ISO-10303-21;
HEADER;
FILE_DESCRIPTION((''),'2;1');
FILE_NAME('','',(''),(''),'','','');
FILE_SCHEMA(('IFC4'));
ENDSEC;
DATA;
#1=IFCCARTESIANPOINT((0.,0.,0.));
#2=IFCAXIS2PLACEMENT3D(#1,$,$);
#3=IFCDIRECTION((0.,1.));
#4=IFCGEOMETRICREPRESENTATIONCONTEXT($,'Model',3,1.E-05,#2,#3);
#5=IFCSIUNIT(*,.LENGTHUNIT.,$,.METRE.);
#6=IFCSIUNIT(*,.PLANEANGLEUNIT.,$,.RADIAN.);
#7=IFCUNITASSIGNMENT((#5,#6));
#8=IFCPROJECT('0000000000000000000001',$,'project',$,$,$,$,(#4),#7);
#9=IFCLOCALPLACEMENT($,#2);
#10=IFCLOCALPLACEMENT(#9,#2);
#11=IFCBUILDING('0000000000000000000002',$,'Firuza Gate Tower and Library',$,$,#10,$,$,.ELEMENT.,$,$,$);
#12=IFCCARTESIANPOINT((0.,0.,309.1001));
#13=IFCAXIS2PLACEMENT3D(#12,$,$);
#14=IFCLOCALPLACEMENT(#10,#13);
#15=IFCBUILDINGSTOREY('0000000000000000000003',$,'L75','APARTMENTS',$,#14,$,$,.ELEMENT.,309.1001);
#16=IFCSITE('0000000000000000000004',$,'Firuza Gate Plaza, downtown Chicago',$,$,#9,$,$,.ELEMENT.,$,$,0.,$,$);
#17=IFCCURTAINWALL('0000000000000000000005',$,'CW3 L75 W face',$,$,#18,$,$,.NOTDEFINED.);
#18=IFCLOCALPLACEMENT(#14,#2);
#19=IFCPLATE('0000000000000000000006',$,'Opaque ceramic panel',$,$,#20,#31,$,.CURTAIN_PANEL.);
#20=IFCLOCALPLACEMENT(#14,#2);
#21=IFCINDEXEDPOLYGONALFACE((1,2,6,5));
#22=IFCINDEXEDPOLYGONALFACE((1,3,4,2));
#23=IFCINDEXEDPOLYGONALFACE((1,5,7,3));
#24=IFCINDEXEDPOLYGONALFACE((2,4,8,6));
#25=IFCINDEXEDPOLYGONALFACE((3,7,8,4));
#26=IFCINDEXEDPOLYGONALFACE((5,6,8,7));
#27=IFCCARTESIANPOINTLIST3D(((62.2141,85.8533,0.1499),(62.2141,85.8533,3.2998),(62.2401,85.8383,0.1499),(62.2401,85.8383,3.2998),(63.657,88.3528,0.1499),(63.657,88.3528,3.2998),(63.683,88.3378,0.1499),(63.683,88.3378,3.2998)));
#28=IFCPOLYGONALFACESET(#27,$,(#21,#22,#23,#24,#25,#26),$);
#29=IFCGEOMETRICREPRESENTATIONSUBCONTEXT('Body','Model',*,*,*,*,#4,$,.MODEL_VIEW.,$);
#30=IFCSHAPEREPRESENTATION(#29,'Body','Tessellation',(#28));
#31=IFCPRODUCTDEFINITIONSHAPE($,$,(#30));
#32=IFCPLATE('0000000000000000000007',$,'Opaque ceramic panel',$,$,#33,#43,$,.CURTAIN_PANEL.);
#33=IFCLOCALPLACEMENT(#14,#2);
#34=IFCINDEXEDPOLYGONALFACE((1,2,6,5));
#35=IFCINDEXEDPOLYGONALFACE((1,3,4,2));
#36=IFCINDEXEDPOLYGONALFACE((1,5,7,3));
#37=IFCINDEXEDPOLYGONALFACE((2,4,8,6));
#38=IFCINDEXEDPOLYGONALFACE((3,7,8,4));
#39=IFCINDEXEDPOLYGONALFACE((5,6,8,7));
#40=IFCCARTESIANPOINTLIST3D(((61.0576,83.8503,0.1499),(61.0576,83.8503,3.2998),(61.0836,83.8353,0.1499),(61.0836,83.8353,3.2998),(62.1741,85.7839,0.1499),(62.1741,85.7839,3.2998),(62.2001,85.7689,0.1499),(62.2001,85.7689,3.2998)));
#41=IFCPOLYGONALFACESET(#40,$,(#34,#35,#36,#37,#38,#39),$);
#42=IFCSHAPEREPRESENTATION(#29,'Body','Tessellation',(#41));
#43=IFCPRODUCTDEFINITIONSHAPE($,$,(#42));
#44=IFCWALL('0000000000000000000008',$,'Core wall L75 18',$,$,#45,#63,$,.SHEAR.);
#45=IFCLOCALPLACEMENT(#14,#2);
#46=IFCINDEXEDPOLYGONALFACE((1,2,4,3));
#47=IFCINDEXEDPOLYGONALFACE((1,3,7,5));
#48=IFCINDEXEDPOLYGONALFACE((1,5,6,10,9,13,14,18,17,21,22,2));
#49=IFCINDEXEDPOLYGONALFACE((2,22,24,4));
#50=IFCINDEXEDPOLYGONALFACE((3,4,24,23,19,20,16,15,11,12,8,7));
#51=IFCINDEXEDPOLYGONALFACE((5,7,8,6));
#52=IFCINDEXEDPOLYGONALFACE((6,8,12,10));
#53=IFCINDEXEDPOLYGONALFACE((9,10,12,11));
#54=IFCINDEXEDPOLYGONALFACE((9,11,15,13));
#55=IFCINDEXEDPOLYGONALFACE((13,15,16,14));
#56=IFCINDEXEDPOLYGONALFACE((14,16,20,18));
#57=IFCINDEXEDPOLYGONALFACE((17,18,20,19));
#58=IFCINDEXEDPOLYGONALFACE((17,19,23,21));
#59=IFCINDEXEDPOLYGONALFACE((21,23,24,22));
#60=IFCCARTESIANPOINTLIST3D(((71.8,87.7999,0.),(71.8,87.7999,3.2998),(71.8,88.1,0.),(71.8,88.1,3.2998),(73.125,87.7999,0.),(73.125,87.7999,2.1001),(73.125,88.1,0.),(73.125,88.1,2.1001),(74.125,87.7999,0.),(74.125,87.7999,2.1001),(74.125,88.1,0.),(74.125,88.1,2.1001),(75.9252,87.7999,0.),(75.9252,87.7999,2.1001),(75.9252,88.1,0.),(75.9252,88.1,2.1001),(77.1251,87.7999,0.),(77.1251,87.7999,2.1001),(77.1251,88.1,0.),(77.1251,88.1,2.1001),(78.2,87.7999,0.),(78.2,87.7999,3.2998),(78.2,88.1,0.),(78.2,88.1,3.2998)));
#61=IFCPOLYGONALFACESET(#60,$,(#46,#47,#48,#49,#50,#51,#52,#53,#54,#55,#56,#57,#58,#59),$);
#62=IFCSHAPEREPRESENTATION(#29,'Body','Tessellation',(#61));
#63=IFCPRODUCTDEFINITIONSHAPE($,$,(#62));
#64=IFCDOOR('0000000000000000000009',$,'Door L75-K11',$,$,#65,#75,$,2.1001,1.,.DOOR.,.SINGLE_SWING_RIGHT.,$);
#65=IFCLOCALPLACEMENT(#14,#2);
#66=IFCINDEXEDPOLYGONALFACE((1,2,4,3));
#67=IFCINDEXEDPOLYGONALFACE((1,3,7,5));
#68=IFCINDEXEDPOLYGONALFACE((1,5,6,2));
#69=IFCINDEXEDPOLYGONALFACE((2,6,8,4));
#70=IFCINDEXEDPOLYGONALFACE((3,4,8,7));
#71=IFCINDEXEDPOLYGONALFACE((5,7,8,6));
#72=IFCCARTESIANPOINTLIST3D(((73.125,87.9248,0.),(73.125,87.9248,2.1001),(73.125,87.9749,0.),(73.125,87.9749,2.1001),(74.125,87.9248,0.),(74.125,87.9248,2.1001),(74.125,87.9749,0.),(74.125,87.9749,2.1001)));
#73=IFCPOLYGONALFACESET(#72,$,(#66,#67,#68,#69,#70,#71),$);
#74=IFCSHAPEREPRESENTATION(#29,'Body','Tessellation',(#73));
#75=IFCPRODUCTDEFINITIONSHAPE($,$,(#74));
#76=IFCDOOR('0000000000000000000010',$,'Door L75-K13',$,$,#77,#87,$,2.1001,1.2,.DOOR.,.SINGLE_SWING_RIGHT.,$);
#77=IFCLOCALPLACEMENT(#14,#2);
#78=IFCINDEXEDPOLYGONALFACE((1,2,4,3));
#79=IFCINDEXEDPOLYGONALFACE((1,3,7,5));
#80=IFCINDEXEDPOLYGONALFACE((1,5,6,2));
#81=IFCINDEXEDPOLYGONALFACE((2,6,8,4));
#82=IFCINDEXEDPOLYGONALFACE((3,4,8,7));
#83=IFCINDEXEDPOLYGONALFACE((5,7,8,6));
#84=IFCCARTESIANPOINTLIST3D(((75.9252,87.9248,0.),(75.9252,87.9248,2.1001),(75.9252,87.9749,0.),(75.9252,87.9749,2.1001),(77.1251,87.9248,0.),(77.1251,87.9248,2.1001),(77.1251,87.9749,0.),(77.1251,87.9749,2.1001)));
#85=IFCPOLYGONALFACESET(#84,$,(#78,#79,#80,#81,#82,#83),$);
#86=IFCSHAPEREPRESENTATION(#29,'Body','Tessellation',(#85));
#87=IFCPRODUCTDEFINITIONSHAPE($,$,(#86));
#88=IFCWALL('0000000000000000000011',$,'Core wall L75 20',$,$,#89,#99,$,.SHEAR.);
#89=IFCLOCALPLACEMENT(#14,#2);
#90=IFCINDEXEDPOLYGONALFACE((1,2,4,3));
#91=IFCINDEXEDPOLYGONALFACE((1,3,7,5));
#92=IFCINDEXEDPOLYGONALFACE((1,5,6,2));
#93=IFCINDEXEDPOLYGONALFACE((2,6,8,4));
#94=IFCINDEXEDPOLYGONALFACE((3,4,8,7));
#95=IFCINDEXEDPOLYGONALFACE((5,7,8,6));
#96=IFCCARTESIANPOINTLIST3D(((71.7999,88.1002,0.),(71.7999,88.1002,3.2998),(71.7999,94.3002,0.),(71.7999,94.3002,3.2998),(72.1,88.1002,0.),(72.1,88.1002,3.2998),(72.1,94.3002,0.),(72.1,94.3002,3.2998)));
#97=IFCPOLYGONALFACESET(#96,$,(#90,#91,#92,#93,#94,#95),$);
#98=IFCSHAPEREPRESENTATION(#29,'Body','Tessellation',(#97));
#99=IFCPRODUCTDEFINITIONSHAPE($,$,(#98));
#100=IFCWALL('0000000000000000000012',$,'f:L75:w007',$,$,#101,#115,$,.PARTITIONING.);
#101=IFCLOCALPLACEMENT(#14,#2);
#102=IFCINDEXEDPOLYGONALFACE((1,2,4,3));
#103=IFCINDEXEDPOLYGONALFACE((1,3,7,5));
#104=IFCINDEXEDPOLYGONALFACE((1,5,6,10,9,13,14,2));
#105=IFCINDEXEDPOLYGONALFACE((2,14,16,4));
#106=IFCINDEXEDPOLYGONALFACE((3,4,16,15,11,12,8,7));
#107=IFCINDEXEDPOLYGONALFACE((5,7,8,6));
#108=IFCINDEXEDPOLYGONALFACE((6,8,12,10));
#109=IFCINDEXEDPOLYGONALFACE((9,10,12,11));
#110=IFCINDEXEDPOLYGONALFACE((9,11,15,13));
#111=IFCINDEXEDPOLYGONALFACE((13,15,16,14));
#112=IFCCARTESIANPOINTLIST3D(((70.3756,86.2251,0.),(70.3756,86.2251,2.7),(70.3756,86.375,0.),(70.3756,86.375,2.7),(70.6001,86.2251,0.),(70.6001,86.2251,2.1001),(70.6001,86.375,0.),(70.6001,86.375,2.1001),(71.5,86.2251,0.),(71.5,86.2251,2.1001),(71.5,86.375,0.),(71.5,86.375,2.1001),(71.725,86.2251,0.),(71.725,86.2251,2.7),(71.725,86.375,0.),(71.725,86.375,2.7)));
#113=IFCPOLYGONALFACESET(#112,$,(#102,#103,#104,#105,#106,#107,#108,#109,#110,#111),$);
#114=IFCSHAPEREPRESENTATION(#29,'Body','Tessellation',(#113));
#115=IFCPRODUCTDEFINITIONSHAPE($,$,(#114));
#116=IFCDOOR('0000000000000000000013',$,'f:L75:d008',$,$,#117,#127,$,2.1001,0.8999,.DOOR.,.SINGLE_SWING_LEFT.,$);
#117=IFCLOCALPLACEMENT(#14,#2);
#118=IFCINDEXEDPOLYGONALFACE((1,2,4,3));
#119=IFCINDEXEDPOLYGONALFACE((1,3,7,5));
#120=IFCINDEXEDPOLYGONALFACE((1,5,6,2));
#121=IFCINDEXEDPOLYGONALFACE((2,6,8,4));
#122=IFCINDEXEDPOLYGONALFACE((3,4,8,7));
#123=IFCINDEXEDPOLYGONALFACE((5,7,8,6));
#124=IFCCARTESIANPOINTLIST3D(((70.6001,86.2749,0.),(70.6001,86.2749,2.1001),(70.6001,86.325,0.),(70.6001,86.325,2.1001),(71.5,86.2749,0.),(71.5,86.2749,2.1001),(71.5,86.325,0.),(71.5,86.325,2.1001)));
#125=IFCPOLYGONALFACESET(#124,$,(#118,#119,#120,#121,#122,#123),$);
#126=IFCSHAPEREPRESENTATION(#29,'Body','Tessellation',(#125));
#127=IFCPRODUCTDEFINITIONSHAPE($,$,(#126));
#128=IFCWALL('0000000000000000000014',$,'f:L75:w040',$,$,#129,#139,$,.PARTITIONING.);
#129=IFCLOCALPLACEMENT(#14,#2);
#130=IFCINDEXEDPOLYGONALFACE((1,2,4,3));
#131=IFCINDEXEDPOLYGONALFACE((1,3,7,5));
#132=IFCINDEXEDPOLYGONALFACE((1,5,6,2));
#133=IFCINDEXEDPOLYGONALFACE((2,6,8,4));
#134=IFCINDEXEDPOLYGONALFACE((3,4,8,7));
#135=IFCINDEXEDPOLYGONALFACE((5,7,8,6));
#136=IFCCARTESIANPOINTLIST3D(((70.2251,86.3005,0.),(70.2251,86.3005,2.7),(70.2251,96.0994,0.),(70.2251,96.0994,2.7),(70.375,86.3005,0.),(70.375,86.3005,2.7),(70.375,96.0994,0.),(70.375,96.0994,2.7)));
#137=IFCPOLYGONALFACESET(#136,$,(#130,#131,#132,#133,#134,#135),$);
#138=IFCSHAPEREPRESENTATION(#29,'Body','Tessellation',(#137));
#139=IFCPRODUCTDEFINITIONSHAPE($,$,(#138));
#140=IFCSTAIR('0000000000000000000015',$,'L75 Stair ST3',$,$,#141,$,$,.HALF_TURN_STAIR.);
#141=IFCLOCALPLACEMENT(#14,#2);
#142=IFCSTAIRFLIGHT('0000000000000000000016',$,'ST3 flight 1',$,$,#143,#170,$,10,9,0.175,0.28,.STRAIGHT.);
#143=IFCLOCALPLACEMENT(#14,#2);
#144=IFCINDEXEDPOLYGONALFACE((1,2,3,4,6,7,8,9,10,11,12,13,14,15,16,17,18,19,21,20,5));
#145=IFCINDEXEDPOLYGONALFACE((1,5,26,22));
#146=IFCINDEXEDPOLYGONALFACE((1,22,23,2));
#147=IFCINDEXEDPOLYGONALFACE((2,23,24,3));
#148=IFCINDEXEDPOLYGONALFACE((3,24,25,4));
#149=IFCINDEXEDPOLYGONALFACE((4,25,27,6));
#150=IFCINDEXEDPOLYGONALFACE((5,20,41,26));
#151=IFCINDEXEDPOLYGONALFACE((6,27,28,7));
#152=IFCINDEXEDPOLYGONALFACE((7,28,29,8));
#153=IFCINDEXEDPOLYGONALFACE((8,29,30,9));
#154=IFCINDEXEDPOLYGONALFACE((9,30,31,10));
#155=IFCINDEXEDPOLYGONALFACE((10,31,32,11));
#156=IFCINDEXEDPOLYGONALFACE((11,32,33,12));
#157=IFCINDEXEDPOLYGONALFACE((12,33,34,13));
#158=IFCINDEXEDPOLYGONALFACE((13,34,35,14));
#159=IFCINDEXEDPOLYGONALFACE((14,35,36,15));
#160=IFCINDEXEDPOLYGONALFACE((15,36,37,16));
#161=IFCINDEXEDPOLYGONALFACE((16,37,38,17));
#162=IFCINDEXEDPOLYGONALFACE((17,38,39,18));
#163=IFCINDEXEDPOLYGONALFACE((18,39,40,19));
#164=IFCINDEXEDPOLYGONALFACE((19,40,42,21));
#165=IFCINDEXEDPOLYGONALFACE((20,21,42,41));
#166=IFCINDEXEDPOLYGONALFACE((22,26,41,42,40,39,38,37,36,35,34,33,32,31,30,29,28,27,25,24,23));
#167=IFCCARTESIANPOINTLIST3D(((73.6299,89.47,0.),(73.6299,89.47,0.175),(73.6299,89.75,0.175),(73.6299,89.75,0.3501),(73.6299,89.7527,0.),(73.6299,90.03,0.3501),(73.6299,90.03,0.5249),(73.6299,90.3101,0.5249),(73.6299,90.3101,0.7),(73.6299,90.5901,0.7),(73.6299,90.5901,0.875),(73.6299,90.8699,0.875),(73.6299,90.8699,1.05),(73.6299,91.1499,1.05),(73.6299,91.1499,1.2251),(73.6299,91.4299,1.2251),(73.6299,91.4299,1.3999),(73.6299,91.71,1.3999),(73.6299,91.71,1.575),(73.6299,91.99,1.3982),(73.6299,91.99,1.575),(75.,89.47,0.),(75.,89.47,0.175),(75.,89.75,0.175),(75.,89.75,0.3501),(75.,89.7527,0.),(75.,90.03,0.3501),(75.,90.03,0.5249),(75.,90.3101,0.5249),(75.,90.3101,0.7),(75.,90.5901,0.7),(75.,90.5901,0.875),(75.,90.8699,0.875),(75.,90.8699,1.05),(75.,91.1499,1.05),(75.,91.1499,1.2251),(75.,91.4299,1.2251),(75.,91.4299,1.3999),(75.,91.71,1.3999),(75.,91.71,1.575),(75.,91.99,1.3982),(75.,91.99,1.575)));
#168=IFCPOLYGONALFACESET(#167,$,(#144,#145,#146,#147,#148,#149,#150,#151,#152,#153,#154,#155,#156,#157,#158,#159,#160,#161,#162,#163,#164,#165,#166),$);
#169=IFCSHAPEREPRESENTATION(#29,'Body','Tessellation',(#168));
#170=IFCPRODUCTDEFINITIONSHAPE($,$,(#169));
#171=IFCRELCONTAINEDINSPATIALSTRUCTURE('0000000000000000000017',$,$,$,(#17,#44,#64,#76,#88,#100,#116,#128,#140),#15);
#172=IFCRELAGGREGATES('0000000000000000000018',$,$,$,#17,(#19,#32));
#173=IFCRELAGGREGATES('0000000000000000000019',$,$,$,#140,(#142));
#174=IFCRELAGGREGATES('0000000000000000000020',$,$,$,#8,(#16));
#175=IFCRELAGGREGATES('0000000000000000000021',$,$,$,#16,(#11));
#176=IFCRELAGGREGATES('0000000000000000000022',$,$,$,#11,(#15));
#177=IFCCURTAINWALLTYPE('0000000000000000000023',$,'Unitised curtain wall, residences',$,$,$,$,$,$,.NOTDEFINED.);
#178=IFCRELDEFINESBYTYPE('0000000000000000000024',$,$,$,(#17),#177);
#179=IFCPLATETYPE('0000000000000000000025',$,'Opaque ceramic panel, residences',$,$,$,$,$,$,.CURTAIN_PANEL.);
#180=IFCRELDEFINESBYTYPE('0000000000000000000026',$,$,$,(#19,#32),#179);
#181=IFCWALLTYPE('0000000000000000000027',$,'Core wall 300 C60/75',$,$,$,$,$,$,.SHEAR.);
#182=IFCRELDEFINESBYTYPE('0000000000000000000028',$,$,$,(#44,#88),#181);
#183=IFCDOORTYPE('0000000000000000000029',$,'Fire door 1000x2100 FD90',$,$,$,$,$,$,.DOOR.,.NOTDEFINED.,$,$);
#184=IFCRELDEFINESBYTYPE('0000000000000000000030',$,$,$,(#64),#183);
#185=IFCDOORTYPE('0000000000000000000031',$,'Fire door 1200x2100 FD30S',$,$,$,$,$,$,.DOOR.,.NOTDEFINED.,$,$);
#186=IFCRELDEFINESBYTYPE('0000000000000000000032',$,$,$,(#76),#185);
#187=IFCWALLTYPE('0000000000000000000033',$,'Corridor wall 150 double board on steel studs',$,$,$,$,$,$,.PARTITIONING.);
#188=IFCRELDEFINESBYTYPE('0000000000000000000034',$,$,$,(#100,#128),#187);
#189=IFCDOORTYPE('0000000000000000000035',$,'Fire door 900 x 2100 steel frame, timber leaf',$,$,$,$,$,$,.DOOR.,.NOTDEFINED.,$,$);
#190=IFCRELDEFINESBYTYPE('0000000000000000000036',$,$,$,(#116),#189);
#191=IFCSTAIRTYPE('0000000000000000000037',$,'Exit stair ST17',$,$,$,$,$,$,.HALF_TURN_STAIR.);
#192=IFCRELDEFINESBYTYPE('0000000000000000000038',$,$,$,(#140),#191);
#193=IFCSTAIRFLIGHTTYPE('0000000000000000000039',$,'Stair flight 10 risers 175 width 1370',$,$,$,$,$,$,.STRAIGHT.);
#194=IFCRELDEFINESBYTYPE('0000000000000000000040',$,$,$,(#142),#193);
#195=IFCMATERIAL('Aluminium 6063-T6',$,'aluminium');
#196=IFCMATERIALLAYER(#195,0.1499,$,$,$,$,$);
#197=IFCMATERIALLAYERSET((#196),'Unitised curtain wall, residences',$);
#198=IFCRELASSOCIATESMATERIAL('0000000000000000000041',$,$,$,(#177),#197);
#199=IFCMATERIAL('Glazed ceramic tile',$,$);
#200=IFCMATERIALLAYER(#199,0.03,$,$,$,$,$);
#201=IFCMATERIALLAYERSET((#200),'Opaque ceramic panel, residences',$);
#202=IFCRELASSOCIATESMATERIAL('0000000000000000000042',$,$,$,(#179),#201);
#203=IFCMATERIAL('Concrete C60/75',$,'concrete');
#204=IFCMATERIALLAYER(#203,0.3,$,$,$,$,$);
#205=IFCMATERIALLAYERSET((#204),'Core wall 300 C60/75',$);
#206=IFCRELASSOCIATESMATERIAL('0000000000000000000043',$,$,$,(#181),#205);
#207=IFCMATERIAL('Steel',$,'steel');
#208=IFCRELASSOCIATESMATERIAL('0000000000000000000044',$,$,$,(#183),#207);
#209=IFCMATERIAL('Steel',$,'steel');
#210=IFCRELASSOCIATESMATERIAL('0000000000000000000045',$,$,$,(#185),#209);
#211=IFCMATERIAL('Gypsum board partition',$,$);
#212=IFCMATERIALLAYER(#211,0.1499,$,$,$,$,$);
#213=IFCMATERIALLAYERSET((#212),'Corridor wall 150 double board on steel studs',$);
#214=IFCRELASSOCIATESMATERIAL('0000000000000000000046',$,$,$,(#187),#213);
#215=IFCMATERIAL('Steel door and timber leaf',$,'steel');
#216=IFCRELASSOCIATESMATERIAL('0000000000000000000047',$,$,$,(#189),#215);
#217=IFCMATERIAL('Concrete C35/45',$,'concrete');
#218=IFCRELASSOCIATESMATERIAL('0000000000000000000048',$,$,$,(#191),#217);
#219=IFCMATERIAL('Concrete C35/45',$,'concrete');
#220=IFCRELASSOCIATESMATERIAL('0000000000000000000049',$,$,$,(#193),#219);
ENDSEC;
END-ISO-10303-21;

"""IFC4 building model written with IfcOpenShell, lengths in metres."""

from ifc_helpers import new_model, si_unit, direction, frame, frame_2d, origin, place, context, subcontext, project, spatial, polyline, rectangle, outline, extrude, material, layer, layer_set, type_object, element, fill, aggregate, save


model = new_model("IFC4")

# Units and contexts
model_context = context("Model", 3, precision=1e-05, world=origin(), true_north=direction((0.0, 1.0)))
body_context = subcontext(model_context, "Body", "Model", "MODEL_VIEW")
ifc_project = project(units=[si_unit("LENGTHUNIT", "METRE"), si_unit("PLANEANGLEUNIT", "RADIAN")], contexts=[model_context])

# Site, building, storey
site_placement = place(None, origin())
site = spatial("IfcSite", under=ifc_project, at=site_placement, Name="Firuza Gate Plaza, downtown Chicago", CompositionType="ELEMENT", RefElevation=0.0)
building_placement = place(site_placement, origin())
building = spatial("IfcBuilding", under=site, at=building_placement, Name="Firuza Gate Tower and Library", CompositionType="ELEMENT")
storey_placement = place(building_placement, frame((0.0, 0.0, 309.1001)))
storey = spatial("IfcBuildingStorey", under=building, at=storey_placement, Name="L75", Description="APARTMENTS", CompositionType="ELEMENT", Elevation=309.1001)

# Curtain wall
ifc_material_1 = material(Name="Aluminium 6063-T6", Category="aluminium")
ifc_layer_1 = layer(ifc_material_1, 0.1499)
ifc_layer_set_1 = layer_set([ifc_layer_1], Name="Unitised curtain wall, residences")
curtain_wall_type = type_object("IfcCurtainWallType", Name="Unitised curtain wall, residences", PredefinedType="NOTDEFINED", material=ifc_layer_set_1)
placement = place(storey_placement, origin())
curtain_wall = element("IfcCurtainWall", 1, at=placement, inside=storey, type_object=curtain_wall_type, Name="CW3 L75 W face", PredefinedType="NOTDEFINED")

# Plates
ifc_material_2 = material(Name="Glazed ceramic tile")
ifc_layer_2 = layer(ifc_material_2, 0.03)
ifc_layer_set_2 = layer_set([ifc_layer_2], Name="Opaque ceramic panel, residences")
plate_type_1 = type_object("IfcPlateType", Name="Opaque ceramic panel, residences", PredefinedType="CURTAIN_PANEL", material=ifc_layer_set_2)
plate_1_placement = place(storey_placement, frame((63.657, 88.3528, 0.1499), z_axis=(-0.866059, 0.499942, 0.0), x_axis=(-0.499942, -0.866059, 0.0)))
plate_1 = element("IfcPlate", 2, at=plate_1_placement, type_object=plate_type_1, Name="Opaque ceramic panel", PredefinedType="CURTAIN_PANEL", context=body_context, shape_type="SweptSolid", body=[
    extrude(outline(polyline([(0.0, 0.0), (2.8861, 0.0), (2.8861, 3.1499), (0.0, 3.1499), (0.0, 0.0)])), origin(), (0.0, 0.0, -1.0), 0.03),
])
plate_2_placement = place(storey_placement, frame((62.1741, 85.7839, 0.1499), z_axis=(-0.866007, 0.500032, 0.0), x_axis=(-0.500032, -0.866007, 0.0)))
plate_2 = element("IfcPlate", 3, at=plate_2_placement, type_object=plate_type_1, Name="Opaque ceramic panel", PredefinedType="CURTAIN_PANEL", context=body_context, shape_type="SweptSolid", body=[
    extrude(outline(polyline([(0.0, 0.0), (2.2328, 0.0), (2.2328, 3.1499), (0.0, 3.1499), (0.0, 0.0)])), origin(), (0.0, 0.0, -1.0), 0.03),
])
aggregate(curtain_wall, [plate_1, plate_2])

# Wall, openings, doors
ifc_material_3 = material(Name="Concrete C60/75", Category="concrete")
ifc_layer_3 = layer(ifc_material_3, 0.3)
ifc_layer_set_3 = layer_set([ifc_layer_3], Name="Core wall 300 C60/75")
wall_type_1 = type_object("IfcWallType", Name="Core wall 300 C60/75", PredefinedType="SHEAR", material=ifc_layer_set_3)
wall_1_placement = place(storey_placement, frame((71.8, 87.95, 0.0), z_axis=(0.0, 0.0, 1.0), x_axis=(1.0, 0.0, 0.0)))
wall_1 = element("IfcWall", 4, at=wall_1_placement, inside=storey, type_object=wall_type_1, Name="Core wall L75 18", PredefinedType="SHEAR", context=body_context, shape_type="SweptSolid", body=[
    extrude(rectangle(XDim=6.3999, YDim=0.3, at=frame_2d((3.2, 0.0))), origin(), (0.0, 0.0, 1.0), 3.2998),
])
opening_1_placement = place(wall_1_placement, frame((1.325, 0.0, 0.0)))
opening_1 = element("IfcOpeningElement", 5, at=opening_1_placement, cuts=wall_1, PredefinedType="OPENING", context=body_context, shape_type="SweptSolid", body=[
    extrude(rectangle(XDim=1.0, YDim=2.1001, at=frame_2d((0.5, 1.05))), frame((0.0, 0.1602, 0.0), z_axis=(0.0, -1.0, 0.0), x_axis=(1.0, 0.0, 0.0)), (0.0, 0.0, 1.0), 0.3201),
])
opening_2_placement = place(wall_1_placement, frame((4.125, 0.0, 0.0)))
opening_2 = element("IfcOpeningElement", 6, at=opening_2_placement, cuts=wall_1, PredefinedType="OPENING", context=body_context, shape_type="SweptSolid", body=[
    extrude(rectangle(XDim=1.2, YDim=2.1001, at=frame_2d((0.6001, 1.05))), frame((0.0, 0.1602, 0.0), z_axis=(0.0, -1.0, 0.0), x_axis=(1.0, 0.0, 0.0)), (0.0, 0.0, 1.0), 0.3201),
])
ifc_material_4 = material(Name="Steel", Category="steel")
door_type_1 = type_object("IfcDoorType", Name="Fire door 1000x2100 FD90", OperationType="NOTDEFINED", PredefinedType="DOOR", material=ifc_material_4)
door_1_placement = place(opening_1_placement, origin())
door_1 = element("IfcDoor", 7, at=door_1_placement, inside=storey, type_object=door_type_1, Name="Door L75-K11", OperationType="SINGLE_SWING_RIGHT", OverallHeight=2.1001, OverallWidth=1.0, PredefinedType="DOOR", context=body_context, shape_type="SweptSolid", body=[
    extrude(rectangle(XDim=1.0, YDim=2.1001, at=frame_2d((0.5, 1.05))), frame((0.0, 0.0249, 0.0), z_axis=(0.0, -1.0, 0.0), x_axis=(1.0, 0.0, 0.0)), (0.0, 0.0, 1.0), 0.05),
])
fill(opening_1, door_1)
ifc_material_5 = material(Name="Steel", Category="steel")
door_type_2 = type_object("IfcDoorType", Name="Fire door 1200x2100 FD30S", OperationType="NOTDEFINED", PredefinedType="DOOR", material=ifc_material_5)
door_2_placement = place(opening_2_placement, origin())
door_2 = element("IfcDoor", 8, at=door_2_placement, inside=storey, type_object=door_type_2, Name="Door L75-K13", OperationType="SINGLE_SWING_RIGHT", OverallHeight=2.1001, OverallWidth=1.2, PredefinedType="DOOR", context=body_context, shape_type="SweptSolid", body=[
    extrude(rectangle(XDim=1.2, YDim=2.1001, at=frame_2d((0.6001, 1.05))), frame((0.0, 0.0249, 0.0), z_axis=(0.0, -1.0, 0.0), x_axis=(1.0, 0.0, 0.0)), (0.0, 0.0, 1.0), 0.05),
])
fill(opening_2, door_2)

# Wall
wall_2_placement = place(storey_placement, frame((71.95, 88.1001, 0.0), z_axis=(0.0, 0.0, 1.0), x_axis=(0.0, 1.0, 0.0)))
element("IfcWall", 9, at=wall_2_placement, inside=storey, type_object=wall_type_1, Name="Core wall L75 20", PredefinedType="SHEAR", context=body_context, shape_type="SweptSolid", body=[
    extrude(rectangle(XDim=6.2, YDim=0.3, at=frame_2d((3.1001, 0.0))), origin(), (0.0, 0.0, 1.0), 3.2998),
])

# Wall, opening, door
ifc_material_6 = material(Name="Gypsum board partition")
ifc_layer_4 = layer(ifc_material_6, 0.1499)
ifc_layer_set_4 = layer_set([ifc_layer_4], Name="Corridor wall 150 double board on steel studs")
wall_type_2 = type_object("IfcWallType", Name="Corridor wall 150 double board on steel studs", PredefinedType="PARTITIONING", material=ifc_layer_set_4)
wall_3_placement = place(storey_placement, frame((70.3755, 86.3, 0.0), z_axis=(0.0, 0.0, 1.0), x_axis=(1.0, 0.0, 0.0)))
wall_3 = element("IfcWall", 10, at=wall_3_placement, inside=storey, type_object=wall_type_2, Name="f:L75:w007", PredefinedType="PARTITIONING", context=body_context, shape_type="SweptSolid", body=[
    extrude(rectangle(XDim=1.3494, YDim=0.1499, at=frame_2d((0.6748, 0.0))), origin(), (0.0, 0.0, 1.0), 2.7),
])
opening_3_placement = place(wall_3_placement, frame((0.2246, 0.0, 0.0)))
opening_3 = element("IfcOpeningElement", 11, at=opening_3_placement, cuts=wall_3, PredefinedType="OPENING", context=body_context, shape_type="SweptSolid", body=[
    extrude(rectangle(XDim=0.8999, YDim=2.1001, at=frame_2d((0.45, 1.05))), frame((0.0, 0.085, 0.0), z_axis=(0.0, -1.0, 0.0), x_axis=(1.0, 0.0, 0.0)), (0.0, 0.0, 1.0), 0.1699),
])
ifc_material_7 = material(Name="Steel door and timber leaf", Category="steel")
door_type_3 = type_object("IfcDoorType", Name="Fire door 900 x 2100 steel frame, timber leaf", OperationType="NOTDEFINED", PredefinedType="DOOR", material=ifc_material_7)
door_3_placement = place(opening_3_placement, origin())
door_3 = element("IfcDoor", 12, at=door_3_placement, inside=storey, type_object=door_type_3, Name="f:L75:d008", OperationType="SINGLE_SWING_LEFT", OverallHeight=2.1001, OverallWidth=0.8999, PredefinedType="DOOR", context=body_context, shape_type="SweptSolid", body=[
    extrude(rectangle(XDim=0.8999, YDim=2.1001, at=frame_2d((0.45, 1.05))), frame((0.0, 0.0249, 0.0), z_axis=(0.0, -1.0, 0.0), x_axis=(1.0, 0.0, 0.0)), (0.0, 0.0, 1.0), 0.05),
])
fill(opening_3, door_3)

# Wall
wall_4_placement = place(storey_placement, frame((70.3, 86.3005, 0.0), z_axis=(0.0, 0.0, 1.0), x_axis=(0.0, 1.0, 0.0)))
element("IfcWall", 13, at=wall_4_placement, inside=storey, type_object=wall_type_2, Name="f:L75:w040", PredefinedType="PARTITIONING", context=body_context, shape_type="SweptSolid", body=[
    extrude(rectangle(XDim=9.7988, YDim=0.1499, at=frame_2d((4.8994, 0.0))), origin(), (0.0, 0.0, 1.0), 2.7),
])

# Stair, stair flight
ifc_material_8 = material(Name="Concrete C35/45", Category="concrete")
stair_type = type_object("IfcStairType", Name="Exit stair ST17", PredefinedType="HALF_TURN_STAIR", material=ifc_material_8)
stair = element("IfcStair", 14, at=placement, inside=storey, type_object=stair_type, Name="L75 Stair ST3", PredefinedType="HALF_TURN_STAIR")
ifc_material_9 = material(Name="Concrete C35/45", Category="concrete")
stair_flight_type = type_object("IfcStairFlightType", Name="Stair flight 10 risers 175 width 1370", PredefinedType="STRAIGHT", material=ifc_material_9)
stair_flight_1_placement = place(storey_placement, frame((74.3149, 89.47, 0.0), z_axis=(0.0, 0.0, 1.0), x_axis=(0.0, 1.0, 0.0)))
stair_flight_1 = element("IfcStairFlight", 15, at=stair_flight_1_placement, type_object=stair_flight_type, Name="ST3 flight 1", NumberOfRisers=10, NumberOfTreads=9, PredefinedType="STRAIGHT", RiserHeight=0.175, TreadLength=0.28, context=body_context, shape_type="SweptSolid", body=[
    extrude(outline(polyline([(0.0, 0.0), (0.0, 0.175), (0.28, 0.175), (0.28, 0.3501), (0.5601, 0.3501), (0.5601, 0.5249), (0.8401, 0.5249), (0.8401, 0.7), (1.1201, 0.7), (1.1201, 0.875), (1.3999, 0.875), (1.3999, 1.05), (1.6799, 1.05), (1.6799, 1.2251), (1.96, 1.2251), (1.96, 1.3999), (2.24, 1.3999), (2.24, 1.575), (2.52, 1.575), (2.52, 1.75), (2.52, 1.3982), (0.2827, 0.0), (0.0, 0.0)])), frame((0.0, 0.6851, 0.0), z_axis=(0.0, -1.0, 0.0), x_axis=(1.0, 0.0, 0.0)), (0.0, 0.0, 1.0), 1.3701),
])
aggregate(stair, [stair_flight_1])

save(model, "model.ifc")
